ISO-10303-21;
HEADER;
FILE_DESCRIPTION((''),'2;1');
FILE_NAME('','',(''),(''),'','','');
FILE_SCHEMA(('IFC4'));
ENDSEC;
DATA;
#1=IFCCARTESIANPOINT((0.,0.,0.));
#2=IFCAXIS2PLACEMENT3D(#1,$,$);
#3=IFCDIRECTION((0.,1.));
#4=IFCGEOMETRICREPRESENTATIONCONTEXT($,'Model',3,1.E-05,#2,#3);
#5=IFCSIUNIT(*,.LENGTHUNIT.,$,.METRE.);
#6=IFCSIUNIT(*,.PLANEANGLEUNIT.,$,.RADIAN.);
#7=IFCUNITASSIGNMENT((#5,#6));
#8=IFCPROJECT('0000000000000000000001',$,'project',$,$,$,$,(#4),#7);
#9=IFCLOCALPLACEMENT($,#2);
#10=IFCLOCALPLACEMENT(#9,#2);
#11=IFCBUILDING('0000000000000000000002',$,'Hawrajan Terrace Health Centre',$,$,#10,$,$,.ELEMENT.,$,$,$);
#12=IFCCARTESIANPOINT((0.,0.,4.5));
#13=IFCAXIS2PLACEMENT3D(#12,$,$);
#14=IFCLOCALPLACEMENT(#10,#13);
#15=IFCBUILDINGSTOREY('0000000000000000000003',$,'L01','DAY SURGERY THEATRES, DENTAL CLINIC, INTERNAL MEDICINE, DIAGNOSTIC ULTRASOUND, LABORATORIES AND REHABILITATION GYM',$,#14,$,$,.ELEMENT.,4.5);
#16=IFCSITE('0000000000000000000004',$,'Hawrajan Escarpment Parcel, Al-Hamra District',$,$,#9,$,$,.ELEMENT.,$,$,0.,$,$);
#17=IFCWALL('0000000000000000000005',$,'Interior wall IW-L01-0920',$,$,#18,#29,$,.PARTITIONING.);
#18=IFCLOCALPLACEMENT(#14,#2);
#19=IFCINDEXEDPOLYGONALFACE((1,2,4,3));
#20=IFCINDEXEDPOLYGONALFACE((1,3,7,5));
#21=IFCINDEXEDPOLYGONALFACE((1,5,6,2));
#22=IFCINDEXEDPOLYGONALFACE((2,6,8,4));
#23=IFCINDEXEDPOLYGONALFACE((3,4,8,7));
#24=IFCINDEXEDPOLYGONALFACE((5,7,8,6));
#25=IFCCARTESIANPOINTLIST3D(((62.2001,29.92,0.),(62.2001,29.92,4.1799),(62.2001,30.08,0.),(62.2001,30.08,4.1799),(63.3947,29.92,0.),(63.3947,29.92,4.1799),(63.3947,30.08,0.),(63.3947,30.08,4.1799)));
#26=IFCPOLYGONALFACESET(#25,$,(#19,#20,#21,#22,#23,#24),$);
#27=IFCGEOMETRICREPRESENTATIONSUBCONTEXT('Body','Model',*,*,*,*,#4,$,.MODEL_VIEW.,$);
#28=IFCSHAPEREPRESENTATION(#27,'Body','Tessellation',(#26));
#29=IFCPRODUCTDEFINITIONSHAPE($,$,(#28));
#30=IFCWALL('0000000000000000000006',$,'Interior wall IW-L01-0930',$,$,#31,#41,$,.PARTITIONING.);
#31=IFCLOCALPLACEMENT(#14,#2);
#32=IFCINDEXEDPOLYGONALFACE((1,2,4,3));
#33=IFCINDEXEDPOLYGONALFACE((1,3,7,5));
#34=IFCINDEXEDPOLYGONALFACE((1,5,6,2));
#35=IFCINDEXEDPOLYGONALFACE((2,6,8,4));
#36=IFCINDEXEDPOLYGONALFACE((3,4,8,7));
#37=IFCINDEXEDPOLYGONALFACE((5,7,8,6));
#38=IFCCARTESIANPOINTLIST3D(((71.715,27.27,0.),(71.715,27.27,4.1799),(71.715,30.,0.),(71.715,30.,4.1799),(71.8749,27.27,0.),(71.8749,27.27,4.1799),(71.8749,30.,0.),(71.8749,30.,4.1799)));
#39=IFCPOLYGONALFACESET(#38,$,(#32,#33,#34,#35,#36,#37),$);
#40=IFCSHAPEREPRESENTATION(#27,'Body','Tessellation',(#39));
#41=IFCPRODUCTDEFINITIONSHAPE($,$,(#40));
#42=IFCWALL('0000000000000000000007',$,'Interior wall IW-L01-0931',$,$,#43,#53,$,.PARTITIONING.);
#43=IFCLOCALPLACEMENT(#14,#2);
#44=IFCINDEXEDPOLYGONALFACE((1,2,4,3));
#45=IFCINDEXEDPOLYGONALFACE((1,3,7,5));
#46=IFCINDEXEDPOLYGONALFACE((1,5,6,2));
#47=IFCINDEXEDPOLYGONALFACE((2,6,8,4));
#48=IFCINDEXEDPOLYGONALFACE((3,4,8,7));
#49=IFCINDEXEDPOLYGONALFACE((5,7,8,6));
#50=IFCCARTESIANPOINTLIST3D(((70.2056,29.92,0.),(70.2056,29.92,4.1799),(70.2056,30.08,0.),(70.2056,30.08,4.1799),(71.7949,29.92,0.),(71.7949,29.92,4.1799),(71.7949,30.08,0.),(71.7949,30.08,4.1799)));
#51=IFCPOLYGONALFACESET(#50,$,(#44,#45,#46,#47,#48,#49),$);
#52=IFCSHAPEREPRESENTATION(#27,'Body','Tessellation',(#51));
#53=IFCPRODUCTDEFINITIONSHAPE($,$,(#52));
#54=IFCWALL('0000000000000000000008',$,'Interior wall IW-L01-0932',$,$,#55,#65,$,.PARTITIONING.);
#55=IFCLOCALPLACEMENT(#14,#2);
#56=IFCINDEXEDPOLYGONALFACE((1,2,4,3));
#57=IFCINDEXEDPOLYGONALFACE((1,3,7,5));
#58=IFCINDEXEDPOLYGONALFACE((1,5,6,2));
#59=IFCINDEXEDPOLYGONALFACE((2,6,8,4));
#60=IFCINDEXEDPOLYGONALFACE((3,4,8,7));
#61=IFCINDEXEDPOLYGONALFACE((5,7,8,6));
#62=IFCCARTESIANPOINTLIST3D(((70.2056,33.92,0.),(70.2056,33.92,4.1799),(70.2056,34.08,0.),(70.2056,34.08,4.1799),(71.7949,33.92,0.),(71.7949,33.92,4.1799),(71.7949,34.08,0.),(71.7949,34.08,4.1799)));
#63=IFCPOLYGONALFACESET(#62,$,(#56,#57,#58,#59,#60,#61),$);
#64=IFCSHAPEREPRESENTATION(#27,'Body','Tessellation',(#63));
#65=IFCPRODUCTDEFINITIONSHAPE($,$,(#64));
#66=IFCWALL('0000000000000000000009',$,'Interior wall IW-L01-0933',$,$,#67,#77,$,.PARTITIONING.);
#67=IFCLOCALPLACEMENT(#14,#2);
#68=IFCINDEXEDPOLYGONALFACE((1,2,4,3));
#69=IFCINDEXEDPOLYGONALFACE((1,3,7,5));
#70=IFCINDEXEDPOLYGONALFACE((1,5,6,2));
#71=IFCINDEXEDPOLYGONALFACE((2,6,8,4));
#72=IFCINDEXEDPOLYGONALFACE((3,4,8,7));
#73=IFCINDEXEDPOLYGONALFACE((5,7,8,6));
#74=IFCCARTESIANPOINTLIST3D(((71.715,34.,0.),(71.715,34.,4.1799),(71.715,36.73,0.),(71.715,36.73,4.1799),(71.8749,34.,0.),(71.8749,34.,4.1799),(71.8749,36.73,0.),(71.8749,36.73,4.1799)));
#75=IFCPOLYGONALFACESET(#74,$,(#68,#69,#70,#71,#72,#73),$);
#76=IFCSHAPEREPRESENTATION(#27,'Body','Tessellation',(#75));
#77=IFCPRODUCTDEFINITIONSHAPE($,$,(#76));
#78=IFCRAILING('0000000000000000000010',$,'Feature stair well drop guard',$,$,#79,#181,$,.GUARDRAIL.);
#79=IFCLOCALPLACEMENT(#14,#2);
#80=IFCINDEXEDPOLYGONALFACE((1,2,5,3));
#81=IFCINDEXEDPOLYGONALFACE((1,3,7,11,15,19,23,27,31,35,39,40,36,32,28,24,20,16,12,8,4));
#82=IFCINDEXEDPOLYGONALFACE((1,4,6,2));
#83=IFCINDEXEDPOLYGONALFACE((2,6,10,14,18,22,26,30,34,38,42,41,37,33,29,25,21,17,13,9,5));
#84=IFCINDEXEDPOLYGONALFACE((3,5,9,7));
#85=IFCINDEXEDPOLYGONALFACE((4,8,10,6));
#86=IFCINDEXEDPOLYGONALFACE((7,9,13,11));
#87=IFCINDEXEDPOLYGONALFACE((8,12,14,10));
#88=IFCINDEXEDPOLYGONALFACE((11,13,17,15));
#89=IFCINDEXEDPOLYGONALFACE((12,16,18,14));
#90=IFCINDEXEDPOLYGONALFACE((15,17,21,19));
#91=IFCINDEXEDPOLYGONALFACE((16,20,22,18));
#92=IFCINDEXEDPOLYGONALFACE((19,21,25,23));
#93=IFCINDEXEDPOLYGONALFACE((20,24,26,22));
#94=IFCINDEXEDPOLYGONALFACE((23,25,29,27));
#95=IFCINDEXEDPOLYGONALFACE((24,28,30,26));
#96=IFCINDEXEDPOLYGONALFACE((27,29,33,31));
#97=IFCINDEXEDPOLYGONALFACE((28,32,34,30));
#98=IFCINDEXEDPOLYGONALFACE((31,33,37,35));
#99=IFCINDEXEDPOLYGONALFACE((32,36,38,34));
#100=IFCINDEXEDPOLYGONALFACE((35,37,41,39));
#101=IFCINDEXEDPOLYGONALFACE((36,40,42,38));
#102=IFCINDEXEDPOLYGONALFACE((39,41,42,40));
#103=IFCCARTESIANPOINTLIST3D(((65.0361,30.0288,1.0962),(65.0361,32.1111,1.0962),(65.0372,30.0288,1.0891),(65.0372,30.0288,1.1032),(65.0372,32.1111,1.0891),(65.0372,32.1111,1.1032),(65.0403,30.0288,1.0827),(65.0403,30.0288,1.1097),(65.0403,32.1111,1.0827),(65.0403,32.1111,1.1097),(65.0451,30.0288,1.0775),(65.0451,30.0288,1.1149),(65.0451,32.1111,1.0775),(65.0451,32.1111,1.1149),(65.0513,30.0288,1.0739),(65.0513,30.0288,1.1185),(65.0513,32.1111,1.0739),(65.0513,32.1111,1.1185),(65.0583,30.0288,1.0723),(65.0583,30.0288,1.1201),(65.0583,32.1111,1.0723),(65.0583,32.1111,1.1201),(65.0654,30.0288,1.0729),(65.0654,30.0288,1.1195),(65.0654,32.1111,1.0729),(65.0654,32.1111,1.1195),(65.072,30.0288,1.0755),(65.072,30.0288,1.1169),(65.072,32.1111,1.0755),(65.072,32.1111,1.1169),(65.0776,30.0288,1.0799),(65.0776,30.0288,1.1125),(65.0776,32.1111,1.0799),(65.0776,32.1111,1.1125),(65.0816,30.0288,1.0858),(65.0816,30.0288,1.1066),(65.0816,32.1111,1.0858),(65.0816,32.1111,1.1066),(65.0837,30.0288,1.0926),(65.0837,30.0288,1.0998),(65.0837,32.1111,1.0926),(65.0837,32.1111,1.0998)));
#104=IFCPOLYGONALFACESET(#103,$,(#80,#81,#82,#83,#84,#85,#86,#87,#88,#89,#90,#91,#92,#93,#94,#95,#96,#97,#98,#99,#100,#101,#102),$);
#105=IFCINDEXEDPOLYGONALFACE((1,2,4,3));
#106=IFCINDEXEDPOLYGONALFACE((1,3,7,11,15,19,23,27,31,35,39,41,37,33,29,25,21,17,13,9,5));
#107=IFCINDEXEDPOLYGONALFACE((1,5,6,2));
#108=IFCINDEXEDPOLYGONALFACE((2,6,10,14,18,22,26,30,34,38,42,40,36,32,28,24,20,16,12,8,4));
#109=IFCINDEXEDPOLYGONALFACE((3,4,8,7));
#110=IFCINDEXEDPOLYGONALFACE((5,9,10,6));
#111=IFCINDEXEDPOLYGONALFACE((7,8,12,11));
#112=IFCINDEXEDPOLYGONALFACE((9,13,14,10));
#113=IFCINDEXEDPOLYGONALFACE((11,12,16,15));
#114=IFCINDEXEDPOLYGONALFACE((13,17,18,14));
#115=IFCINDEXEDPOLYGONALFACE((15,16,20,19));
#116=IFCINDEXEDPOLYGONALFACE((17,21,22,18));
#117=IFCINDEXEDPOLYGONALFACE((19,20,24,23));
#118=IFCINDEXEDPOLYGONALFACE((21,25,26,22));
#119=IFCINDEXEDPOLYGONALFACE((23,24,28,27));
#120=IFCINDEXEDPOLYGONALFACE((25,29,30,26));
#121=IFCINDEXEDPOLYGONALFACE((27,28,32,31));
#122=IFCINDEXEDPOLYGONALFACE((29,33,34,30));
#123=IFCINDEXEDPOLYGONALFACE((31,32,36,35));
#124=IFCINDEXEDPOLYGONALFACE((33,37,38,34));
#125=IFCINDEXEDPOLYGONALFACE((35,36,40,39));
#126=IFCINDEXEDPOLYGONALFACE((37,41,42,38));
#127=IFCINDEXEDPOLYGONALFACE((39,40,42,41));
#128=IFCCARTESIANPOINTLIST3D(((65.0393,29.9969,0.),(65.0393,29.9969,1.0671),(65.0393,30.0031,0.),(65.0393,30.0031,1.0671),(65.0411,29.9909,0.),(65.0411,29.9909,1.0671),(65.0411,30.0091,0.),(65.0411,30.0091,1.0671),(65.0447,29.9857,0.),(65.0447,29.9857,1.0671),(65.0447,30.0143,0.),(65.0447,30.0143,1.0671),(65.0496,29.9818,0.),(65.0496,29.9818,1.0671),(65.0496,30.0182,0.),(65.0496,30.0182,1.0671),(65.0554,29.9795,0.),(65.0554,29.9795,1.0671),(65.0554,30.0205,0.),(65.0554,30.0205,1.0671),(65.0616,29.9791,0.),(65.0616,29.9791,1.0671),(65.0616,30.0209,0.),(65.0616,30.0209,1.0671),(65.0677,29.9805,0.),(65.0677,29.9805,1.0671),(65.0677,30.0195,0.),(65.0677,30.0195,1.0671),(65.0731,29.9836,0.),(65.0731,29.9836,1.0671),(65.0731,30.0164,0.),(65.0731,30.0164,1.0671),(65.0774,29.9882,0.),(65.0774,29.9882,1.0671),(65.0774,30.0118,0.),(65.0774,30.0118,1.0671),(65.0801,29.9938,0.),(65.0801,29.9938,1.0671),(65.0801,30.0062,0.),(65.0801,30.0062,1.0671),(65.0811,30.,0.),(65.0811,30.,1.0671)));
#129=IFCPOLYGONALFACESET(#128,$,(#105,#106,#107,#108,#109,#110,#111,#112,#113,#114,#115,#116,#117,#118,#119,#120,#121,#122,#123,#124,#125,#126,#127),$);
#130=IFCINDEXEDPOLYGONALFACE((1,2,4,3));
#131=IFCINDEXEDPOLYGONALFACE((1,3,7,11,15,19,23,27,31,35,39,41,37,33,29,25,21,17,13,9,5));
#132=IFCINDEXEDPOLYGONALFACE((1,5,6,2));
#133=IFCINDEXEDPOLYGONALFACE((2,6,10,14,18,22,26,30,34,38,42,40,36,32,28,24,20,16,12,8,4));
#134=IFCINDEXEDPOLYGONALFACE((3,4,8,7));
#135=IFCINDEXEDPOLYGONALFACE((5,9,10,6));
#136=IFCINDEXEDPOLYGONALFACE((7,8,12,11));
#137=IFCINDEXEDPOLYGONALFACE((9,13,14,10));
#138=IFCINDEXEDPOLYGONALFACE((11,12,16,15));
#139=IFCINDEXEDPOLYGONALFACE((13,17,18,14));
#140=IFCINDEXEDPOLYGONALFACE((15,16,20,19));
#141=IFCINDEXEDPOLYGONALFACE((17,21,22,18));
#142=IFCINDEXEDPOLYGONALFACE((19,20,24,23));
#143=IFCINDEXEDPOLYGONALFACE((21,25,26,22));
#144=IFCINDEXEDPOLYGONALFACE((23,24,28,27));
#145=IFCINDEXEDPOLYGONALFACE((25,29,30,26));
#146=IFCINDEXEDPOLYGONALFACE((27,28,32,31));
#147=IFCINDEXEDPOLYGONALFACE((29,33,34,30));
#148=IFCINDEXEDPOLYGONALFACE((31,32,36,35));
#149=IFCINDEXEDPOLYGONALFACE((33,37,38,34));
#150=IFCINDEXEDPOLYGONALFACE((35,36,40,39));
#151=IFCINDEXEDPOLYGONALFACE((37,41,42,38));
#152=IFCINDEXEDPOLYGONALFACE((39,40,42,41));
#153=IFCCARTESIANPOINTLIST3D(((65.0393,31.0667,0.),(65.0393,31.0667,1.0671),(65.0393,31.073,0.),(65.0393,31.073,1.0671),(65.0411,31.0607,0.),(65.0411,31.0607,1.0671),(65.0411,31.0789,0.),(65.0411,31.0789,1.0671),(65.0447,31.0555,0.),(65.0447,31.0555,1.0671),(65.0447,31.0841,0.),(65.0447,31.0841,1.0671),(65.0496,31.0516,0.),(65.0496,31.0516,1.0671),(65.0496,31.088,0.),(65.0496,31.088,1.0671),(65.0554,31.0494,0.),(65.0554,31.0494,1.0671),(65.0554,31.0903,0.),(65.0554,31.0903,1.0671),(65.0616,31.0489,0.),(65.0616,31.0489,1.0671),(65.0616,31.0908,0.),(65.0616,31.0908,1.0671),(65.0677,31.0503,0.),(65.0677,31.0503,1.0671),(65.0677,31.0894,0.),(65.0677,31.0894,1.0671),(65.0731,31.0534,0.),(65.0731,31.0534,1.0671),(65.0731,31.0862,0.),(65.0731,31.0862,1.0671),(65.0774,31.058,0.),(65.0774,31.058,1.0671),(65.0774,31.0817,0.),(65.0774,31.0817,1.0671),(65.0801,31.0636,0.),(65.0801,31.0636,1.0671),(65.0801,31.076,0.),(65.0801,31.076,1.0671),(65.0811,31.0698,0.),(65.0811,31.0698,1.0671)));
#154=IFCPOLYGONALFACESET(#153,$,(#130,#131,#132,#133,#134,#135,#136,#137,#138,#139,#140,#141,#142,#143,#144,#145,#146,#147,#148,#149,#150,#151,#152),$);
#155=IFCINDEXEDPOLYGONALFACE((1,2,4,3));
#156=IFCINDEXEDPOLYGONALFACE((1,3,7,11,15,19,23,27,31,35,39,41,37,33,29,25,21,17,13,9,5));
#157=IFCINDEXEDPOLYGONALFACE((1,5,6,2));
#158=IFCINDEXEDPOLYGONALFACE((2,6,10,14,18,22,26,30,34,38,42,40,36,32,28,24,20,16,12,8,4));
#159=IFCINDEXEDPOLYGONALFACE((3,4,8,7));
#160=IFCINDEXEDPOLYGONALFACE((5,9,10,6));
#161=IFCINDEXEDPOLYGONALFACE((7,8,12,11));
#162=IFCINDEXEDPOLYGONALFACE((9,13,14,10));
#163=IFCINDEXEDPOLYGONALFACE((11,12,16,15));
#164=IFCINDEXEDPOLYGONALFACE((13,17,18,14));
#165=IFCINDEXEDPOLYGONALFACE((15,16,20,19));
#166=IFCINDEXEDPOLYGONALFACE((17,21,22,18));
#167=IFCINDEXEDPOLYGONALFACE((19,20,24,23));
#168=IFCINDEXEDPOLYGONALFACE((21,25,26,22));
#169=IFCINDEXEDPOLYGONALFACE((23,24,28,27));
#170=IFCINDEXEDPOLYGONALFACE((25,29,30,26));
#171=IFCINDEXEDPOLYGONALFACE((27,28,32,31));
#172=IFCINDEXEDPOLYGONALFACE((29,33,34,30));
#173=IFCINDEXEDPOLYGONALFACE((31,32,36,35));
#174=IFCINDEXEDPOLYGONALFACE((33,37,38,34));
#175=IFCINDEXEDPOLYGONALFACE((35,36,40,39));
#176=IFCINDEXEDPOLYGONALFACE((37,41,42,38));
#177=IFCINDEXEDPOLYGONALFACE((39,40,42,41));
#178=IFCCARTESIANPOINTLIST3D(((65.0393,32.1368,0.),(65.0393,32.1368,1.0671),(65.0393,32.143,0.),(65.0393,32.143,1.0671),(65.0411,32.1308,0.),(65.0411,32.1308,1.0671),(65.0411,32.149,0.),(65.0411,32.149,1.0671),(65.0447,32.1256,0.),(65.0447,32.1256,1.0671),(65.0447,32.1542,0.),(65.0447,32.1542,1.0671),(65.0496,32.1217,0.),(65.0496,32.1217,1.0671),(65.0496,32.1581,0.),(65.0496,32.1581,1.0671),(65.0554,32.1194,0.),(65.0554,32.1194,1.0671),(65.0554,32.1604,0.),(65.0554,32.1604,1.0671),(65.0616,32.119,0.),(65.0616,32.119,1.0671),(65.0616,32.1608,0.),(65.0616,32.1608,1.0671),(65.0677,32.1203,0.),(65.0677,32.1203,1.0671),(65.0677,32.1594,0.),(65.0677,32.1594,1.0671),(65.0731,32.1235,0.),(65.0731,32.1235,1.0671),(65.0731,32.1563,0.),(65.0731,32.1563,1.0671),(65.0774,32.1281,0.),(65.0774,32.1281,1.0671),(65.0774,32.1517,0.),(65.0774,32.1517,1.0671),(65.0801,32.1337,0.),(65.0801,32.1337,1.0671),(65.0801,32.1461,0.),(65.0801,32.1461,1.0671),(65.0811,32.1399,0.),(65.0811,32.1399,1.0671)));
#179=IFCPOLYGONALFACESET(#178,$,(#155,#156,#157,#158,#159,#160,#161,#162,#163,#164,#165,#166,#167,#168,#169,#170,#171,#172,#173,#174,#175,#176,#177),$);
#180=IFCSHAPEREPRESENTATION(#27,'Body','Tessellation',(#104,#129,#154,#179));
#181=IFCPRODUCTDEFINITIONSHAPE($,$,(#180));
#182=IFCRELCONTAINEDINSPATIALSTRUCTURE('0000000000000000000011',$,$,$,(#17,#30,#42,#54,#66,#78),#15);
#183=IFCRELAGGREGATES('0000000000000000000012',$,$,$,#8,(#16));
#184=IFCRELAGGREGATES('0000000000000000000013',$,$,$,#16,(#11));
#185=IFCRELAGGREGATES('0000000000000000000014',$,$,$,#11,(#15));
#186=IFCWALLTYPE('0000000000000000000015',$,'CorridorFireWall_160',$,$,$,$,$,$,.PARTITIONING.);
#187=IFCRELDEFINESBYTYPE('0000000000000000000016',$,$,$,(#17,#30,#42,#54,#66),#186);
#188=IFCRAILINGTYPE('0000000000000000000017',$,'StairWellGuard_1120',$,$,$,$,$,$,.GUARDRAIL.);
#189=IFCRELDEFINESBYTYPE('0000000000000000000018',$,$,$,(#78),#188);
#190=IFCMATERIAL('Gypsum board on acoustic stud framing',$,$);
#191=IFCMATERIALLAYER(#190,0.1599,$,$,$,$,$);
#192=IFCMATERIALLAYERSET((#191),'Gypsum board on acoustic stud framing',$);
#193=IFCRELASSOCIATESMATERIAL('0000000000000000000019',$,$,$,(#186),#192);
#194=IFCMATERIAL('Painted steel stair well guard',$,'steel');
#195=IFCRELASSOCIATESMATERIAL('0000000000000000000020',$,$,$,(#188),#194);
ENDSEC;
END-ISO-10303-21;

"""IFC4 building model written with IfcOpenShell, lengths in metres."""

from ifc_helpers import new_model, si_unit, direction, frame, frame_2d, origin, origin_2d, place, context, subcontext, project, spatial, rectangle, circle, extrude, material, layer, layer_set, type_object, element, save


model = new_model("IFC4")

# Units and contexts
model_context = context("Model", 3, precision=1e-05, world=origin(), true_north=direction((0.0, 1.0)))
body_context = subcontext(model_context, "Body", "Model", "MODEL_VIEW")
ifc_project = project(units=[si_unit("LENGTHUNIT", "METRE"), si_unit("PLANEANGLEUNIT", "RADIAN")], contexts=[model_context])

# Site, building, storey
site_placement = place(None, origin())
site = spatial("IfcSite", under=ifc_project, at=site_placement, Name="Hawrajan Escarpment Parcel, Al-Hamra District", CompositionType="ELEMENT", RefElevation=0.0)
building_placement = place(site_placement, origin())
building = spatial("IfcBuilding", under=site, at=building_placement, Name="Hawrajan Terrace Health Centre", CompositionType="ELEMENT")
storey_placement = place(building_placement, frame((0.0, 0.0, 4.5)))
storey = spatial("IfcBuildingStorey", under=building, at=storey_placement, Name="L01", Description="DAY SURGERY THEATRES, DENTAL CLINIC, INTERNAL MEDICINE, DIAGNOSTIC ULTRASOUND, LABORATORIES AND REHABILITATION GYM", CompositionType="ELEMENT", Elevation=4.5)

# Shared definitions
ifc_material_1 = material(Name="Gypsum board on acoustic stud framing")

# Walls
ifc_layer_1 = layer(ifc_material_1, 0.1599)
ifc_layer_set_1 = layer_set([ifc_layer_1], Name="Gypsum board on acoustic stud framing")
wall_type_1 = type_object("IfcWallType", Name="CorridorFireWall_160", PredefinedType="PARTITIONING", material=ifc_layer_set_1)
wall_1_placement = place(storey_placement, frame((63.3945, 30.0, 0.0), z_axis=(0.0, 0.0, 1.0), x_axis=(-1.0, 0.0, 0.0)))
element("IfcWall", 1, at=wall_1_placement, inside=storey, type_object=wall_type_1, Name="Interior wall IW-L01-0920", PredefinedType="PARTITIONING", context=body_context, shape_type="SweptSolid", body=[
    extrude(rectangle(XDim=1.1946, YDim=0.1599, at=frame_2d((0.5972, 0.0))), origin(), (0.0, 0.0, 1.0), 4.1799),
])
wall_2_placement = place(storey_placement, frame((71.7949, 27.27, 0.0), z_axis=(0.0, 0.0, 1.0), x_axis=(0.0, 1.0, 0.0)))
element("IfcWall", 2, at=wall_2_placement, inside=storey, type_object=wall_type_1, Name="Interior wall IW-L01-0930", PredefinedType="PARTITIONING", context=body_context, shape_type="SweptSolid", body=[
    extrude(rectangle(XDim=2.73, YDim=0.1599, at=frame_2d((1.365, 0.0))), origin(), (0.0, 0.0, 1.0), 4.1799),
])
for number, where, z_axis, x_axis, name in (
    (3, (71.7949, 30.0, 0.0), (0.0, 0.0, 1.0), (-1.0, 0.0, 0.0), "Interior wall IW-L01-0931"),
    (4, (70.2056, 34.0, 0.0), (0.0, 0.0, 1.0), (1.0, 0.0, 0.0), "Interior wall IW-L01-0932"),
):
    element("IfcWall", number, at=place(storey_placement, frame(where, z_axis=z_axis, x_axis=x_axis)), inside=storey, type_object=wall_type_1, Name=name, PredefinedType="PARTITIONING", context=body_context, shape_type="SweptSolid", body=[
        extrude(rectangle(XDim=1.5894, YDim=0.1599, at=frame_2d((0.7947, 0.0))), origin(), (0.0, 0.0, 1.0), 4.1799),
    ])
wall_3_placement = place(storey_placement, frame((71.7949, 34.0, 0.0), z_axis=(0.0, 0.0, 1.0), x_axis=(0.0, 1.0, 0.0)))
element("IfcWall", 5, at=wall_3_placement, inside=storey, type_object=wall_type_1, Name="Interior wall IW-L01-0933", PredefinedType="PARTITIONING", context=body_context, shape_type="SweptSolid", body=[
    extrude(rectangle(XDim=2.73, YDim=0.1599, at=frame_2d((1.365, 0.0))), origin(), (0.0, 0.0, 1.0), 4.1799),
])

# Railing
ifc_material_2 = material(Name="Painted steel stair well guard", Category="steel")
railing_type = type_object("IfcRailingType", Name="StairWellGuard_1120", PredefinedType="GUARDRAIL", material=ifc_material_2)
railing_1_placement = place(storey_placement, frame((65.0601, 30.0, 0.0)))
element("IfcRailing", 6, at=railing_1_placement, inside=storey, type_object=railing_type, Name="Feature stair well drop guard", PredefinedType="GUARDRAIL", context=body_context, shape_type="SweptSolid", body=[
    extrude(circle(Radius=0.0239, at=origin_2d()), frame((0.0, 0.0288, 1.0962), z_axis=(0.0, 1.0, 0.0), x_axis=(-1.0, 0.0, 0.0)), (0.0, 0.0, 1.0), 2.0823),
    extrude(circle(Radius=0.021, at=origin_2d()), origin(), (0.0, 0.0, 1.0), 1.0671),
    extrude(circle(Radius=0.021, at=origin_2d()), frame((0.0, 1.0698, 0.0)), (0.0, 0.0, 1.0), 1.0671),
    extrude(circle(Radius=0.021, at=origin_2d()), frame((0.0, 2.1399, 0.0)), (0.0, 0.0, 1.0), 1.0671),
])

save(model, "model.ifc")
